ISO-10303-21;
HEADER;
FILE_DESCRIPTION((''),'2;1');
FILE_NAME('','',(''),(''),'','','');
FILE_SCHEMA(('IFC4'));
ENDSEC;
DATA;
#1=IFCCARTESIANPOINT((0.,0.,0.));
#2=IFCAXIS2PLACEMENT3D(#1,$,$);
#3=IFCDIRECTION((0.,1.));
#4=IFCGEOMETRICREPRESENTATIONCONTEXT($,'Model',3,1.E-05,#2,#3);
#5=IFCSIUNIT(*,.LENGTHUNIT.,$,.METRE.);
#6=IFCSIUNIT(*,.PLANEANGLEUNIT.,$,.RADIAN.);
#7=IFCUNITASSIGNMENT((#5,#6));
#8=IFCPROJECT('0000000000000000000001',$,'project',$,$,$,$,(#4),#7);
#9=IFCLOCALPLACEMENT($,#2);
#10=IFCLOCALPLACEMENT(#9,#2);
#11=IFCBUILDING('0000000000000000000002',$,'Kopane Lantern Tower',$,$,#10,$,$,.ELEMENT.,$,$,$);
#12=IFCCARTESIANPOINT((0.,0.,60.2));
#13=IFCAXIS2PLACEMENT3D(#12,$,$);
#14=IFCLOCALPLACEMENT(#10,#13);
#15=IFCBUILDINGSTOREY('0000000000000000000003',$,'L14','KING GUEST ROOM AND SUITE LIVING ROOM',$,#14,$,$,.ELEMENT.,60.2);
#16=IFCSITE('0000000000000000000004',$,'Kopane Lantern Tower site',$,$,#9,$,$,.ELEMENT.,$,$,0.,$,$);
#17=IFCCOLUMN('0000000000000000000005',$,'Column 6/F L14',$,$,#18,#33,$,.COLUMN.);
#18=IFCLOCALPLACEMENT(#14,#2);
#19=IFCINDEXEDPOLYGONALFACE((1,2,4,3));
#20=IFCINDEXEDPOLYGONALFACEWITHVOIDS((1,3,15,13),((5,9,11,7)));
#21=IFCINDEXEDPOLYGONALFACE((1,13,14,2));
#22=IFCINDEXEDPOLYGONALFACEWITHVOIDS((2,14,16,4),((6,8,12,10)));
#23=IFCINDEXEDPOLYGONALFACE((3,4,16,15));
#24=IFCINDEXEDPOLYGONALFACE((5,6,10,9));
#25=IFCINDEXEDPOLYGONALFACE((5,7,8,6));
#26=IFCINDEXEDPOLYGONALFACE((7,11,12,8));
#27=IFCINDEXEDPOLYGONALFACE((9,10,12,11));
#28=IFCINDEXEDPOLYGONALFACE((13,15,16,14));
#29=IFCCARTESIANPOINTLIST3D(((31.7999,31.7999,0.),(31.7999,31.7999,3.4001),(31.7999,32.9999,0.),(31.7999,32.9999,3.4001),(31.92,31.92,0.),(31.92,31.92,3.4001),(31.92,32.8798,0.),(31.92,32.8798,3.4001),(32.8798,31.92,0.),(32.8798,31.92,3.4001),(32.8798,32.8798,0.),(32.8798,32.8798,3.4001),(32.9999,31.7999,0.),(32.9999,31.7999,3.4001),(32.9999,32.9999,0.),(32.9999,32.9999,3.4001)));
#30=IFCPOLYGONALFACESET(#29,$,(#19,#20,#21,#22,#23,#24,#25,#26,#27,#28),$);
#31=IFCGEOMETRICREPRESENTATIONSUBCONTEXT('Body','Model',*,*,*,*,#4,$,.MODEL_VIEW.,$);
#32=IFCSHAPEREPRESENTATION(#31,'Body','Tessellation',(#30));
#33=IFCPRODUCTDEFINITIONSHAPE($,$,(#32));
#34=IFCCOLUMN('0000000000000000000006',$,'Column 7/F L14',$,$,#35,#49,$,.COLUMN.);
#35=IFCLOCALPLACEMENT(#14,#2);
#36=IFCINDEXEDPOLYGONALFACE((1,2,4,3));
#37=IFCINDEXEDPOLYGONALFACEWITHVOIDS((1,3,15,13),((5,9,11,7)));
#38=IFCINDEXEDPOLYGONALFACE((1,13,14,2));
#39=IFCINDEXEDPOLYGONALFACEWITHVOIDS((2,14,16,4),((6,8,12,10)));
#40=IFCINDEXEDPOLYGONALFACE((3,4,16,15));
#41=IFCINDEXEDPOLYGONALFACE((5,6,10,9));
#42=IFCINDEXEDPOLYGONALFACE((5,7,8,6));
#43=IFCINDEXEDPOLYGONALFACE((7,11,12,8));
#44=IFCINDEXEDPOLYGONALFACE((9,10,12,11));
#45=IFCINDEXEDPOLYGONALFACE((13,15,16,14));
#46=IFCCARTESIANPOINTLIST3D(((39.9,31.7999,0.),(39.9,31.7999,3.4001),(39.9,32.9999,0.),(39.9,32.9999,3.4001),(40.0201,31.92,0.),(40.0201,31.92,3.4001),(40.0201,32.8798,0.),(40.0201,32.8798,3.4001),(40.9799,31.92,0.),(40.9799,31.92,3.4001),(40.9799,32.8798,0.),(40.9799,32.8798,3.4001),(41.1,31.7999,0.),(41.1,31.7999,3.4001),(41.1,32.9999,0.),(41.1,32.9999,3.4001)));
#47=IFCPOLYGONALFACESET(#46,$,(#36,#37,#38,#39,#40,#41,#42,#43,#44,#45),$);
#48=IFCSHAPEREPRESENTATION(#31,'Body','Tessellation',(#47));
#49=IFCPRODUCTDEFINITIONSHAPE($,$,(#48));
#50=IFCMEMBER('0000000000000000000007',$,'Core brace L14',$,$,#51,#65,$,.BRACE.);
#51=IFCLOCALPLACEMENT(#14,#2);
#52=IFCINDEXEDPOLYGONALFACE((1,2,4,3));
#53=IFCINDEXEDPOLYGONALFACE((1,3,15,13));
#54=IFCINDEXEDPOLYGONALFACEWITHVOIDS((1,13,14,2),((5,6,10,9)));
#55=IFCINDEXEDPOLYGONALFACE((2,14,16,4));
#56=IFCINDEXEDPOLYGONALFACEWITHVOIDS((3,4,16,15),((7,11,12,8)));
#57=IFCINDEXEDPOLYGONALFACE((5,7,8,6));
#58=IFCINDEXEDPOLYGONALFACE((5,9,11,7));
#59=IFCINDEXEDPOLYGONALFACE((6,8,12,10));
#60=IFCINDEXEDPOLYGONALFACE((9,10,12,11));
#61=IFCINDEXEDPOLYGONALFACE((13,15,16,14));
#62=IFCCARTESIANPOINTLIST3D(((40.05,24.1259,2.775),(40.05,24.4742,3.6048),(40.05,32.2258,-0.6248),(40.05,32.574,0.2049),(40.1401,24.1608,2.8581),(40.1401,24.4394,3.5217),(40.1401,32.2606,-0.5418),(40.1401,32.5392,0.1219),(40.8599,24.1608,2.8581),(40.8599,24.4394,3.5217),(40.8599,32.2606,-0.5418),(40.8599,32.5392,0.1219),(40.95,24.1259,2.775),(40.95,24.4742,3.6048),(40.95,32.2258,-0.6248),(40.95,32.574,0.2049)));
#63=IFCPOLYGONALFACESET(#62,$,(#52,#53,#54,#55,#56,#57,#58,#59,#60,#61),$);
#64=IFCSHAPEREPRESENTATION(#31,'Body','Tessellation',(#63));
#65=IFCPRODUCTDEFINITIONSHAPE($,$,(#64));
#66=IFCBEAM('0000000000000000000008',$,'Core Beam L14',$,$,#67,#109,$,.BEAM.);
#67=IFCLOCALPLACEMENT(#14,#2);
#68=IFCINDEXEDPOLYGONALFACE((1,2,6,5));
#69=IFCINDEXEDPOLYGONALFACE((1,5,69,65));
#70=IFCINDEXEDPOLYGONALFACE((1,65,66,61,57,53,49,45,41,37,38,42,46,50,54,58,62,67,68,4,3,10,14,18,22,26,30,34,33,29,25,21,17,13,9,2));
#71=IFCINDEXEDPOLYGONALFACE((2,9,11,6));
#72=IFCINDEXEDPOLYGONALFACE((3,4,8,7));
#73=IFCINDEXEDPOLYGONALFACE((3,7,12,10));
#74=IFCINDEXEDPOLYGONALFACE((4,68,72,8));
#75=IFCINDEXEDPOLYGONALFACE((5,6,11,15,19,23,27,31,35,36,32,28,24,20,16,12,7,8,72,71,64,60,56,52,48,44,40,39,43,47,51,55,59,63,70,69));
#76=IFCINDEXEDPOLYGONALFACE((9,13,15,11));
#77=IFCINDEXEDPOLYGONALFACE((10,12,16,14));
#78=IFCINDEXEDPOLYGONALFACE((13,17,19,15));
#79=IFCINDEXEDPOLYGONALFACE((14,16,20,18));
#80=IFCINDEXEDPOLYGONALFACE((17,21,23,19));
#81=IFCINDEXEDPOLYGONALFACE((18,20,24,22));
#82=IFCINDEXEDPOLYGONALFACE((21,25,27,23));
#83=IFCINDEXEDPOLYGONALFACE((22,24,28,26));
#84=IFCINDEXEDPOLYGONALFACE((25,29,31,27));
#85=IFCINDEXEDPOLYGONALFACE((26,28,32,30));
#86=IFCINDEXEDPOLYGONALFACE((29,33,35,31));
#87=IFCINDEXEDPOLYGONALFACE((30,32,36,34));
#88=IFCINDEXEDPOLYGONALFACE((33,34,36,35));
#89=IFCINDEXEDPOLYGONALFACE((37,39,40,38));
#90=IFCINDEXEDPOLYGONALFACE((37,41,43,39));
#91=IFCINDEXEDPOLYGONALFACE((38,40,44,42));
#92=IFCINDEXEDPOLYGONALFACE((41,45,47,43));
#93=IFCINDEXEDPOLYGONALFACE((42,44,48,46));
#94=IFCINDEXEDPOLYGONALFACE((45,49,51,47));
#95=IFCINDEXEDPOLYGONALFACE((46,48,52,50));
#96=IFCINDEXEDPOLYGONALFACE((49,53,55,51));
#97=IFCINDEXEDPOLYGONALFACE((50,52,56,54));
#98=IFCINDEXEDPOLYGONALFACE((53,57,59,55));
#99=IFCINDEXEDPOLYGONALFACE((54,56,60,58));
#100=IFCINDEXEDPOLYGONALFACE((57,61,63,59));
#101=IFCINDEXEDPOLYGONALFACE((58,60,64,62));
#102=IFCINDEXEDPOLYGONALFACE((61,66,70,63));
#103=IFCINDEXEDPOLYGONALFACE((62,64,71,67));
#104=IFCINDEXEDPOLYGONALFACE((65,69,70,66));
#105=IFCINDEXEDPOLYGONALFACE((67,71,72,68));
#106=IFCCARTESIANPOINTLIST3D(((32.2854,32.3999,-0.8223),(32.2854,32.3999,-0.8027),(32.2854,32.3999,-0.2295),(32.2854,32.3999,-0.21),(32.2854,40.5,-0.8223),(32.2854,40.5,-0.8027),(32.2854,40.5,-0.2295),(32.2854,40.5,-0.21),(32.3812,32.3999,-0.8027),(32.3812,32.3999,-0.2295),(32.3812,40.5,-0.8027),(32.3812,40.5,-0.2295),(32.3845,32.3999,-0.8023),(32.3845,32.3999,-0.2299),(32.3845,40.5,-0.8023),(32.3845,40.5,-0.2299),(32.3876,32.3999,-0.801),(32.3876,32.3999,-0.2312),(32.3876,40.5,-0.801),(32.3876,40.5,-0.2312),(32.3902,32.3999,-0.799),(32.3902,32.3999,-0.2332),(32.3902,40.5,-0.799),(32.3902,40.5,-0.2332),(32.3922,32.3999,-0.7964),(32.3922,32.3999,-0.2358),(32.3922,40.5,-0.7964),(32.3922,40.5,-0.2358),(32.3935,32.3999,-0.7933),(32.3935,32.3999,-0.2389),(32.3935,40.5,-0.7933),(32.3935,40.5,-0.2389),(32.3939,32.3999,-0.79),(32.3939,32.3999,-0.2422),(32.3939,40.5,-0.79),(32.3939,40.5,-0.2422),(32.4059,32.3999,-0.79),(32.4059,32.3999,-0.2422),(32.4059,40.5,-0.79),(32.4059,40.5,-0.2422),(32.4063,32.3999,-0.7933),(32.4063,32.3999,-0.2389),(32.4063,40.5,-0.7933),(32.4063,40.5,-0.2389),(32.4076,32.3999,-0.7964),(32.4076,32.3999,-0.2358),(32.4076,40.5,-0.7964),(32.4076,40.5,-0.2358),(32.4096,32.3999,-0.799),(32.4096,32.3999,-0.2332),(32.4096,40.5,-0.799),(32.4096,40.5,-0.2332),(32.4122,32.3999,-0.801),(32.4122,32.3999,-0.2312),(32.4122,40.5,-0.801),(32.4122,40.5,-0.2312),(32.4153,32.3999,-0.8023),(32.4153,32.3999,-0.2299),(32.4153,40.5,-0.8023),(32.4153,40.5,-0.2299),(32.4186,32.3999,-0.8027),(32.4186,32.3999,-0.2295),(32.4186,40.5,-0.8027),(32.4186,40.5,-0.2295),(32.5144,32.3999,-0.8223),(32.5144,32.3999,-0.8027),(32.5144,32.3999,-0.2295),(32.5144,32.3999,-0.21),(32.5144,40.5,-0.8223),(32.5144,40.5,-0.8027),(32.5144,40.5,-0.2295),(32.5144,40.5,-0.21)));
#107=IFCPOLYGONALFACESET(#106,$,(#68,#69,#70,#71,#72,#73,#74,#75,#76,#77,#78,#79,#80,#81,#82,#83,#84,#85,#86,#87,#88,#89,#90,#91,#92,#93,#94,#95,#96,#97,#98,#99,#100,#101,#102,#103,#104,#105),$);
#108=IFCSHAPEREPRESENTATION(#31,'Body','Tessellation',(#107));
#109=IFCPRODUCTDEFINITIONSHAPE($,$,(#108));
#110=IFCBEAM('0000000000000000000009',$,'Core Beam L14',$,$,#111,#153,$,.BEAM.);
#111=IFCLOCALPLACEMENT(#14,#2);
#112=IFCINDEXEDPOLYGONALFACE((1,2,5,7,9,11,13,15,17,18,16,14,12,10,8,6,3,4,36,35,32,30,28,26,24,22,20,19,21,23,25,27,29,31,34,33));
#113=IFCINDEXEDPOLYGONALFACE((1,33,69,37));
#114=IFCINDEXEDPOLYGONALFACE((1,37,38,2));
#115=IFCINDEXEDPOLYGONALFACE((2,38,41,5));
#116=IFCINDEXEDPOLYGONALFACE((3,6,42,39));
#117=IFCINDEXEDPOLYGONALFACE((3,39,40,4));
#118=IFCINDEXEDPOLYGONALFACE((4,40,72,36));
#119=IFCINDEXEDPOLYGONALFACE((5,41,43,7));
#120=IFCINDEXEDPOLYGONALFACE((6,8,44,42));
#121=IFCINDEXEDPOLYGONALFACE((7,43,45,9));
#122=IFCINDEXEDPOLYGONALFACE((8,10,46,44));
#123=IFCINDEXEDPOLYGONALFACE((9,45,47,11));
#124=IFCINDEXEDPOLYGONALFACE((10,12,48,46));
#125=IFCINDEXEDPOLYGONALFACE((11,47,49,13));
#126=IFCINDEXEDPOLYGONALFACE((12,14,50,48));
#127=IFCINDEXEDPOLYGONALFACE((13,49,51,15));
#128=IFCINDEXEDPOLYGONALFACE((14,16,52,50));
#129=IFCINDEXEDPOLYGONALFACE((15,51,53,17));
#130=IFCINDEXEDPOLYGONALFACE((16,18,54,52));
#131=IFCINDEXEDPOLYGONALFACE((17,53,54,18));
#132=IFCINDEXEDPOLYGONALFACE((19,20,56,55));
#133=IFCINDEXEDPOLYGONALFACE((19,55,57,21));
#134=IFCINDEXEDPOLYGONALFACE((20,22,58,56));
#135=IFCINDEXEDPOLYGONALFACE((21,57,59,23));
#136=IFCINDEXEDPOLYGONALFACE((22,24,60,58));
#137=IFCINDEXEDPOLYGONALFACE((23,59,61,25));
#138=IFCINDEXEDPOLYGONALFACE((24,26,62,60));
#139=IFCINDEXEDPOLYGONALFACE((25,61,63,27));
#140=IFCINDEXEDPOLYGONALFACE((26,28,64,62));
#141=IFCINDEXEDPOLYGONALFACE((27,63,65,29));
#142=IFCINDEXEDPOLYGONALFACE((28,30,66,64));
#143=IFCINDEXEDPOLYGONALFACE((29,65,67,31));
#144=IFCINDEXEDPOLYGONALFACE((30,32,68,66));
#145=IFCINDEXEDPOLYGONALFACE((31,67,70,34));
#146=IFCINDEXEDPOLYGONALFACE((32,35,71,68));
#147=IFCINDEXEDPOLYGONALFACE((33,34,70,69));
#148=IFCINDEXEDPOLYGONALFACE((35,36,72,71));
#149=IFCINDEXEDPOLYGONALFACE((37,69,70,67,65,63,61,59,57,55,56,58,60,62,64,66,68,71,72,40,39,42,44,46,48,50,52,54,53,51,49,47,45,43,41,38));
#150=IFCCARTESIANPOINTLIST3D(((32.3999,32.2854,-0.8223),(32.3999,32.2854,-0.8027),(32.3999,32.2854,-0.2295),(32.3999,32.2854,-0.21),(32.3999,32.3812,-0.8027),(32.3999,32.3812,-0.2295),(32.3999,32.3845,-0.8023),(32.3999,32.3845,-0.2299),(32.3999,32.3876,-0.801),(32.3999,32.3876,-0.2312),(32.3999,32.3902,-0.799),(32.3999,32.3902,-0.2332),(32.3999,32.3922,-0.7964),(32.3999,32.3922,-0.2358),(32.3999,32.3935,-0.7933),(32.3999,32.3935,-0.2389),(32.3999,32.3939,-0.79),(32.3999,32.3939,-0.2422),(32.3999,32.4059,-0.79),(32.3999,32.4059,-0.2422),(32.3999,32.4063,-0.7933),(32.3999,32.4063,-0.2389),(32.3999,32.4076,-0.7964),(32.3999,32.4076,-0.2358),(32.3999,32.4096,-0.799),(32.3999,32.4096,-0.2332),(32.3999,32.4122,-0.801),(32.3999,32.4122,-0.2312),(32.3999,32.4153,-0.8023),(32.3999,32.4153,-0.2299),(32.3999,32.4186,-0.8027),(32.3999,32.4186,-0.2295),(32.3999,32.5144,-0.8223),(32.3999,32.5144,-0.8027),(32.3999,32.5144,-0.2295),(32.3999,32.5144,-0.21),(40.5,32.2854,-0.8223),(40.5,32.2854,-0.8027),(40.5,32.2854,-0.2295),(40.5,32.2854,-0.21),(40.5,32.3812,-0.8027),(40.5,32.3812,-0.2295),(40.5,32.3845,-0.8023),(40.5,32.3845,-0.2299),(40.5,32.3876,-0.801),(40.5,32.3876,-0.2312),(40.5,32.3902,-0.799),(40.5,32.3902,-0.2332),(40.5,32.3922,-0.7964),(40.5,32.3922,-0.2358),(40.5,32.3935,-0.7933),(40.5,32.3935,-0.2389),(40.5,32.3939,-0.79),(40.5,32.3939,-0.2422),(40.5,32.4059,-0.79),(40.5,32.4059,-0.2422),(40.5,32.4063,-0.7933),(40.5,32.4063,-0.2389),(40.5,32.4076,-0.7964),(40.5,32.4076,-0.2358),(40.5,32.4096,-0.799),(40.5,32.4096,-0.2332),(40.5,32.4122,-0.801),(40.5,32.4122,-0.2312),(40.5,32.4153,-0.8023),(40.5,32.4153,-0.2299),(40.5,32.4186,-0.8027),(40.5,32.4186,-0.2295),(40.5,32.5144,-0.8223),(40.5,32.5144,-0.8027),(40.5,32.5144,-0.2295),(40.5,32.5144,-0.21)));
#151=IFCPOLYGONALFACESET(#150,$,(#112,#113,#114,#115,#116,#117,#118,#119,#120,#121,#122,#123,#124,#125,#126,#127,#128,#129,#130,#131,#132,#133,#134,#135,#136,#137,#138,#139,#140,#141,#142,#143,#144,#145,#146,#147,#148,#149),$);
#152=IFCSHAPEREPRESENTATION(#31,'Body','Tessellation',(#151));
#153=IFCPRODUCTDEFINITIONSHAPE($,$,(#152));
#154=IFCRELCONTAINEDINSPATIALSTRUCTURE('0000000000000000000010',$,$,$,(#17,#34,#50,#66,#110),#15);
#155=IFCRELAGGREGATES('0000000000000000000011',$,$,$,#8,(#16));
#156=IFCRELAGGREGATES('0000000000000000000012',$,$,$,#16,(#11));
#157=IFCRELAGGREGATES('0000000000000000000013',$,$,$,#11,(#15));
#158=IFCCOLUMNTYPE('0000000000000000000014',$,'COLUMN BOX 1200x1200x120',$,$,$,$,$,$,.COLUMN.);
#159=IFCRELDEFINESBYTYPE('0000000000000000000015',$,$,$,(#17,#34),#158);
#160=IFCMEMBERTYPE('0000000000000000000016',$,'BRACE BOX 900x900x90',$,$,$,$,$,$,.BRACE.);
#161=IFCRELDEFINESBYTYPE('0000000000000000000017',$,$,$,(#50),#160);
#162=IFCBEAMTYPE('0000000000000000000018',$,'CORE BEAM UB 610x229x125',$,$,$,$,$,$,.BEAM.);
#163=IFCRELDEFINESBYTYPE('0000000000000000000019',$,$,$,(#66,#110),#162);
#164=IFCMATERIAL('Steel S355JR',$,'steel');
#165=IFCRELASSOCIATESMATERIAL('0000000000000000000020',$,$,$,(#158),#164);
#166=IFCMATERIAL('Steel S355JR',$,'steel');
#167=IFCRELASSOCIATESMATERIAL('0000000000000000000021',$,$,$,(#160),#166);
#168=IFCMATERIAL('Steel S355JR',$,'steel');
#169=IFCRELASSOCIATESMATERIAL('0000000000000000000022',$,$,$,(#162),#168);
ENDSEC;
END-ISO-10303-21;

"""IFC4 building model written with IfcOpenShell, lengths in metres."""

from ifc_helpers import new_model, si_unit, direction, frame, origin, origin_2d, place, context, subcontext, project, spatial, hollow_rectangle, i_section, extrude, material, material_profile, profile_set, type_object, element, save


model = new_model("IFC4")

# Units and contexts
model_context = context("Model", 3, precision=1e-05, world=origin(), true_north=direction((0.0, 1.0)))
body_context = subcontext(model_context, "Body", "Model", "MODEL_VIEW")
ifc_project = project(units=[si_unit("LENGTHUNIT", "METRE"), si_unit("PLANEANGLEUNIT", "RADIAN")], contexts=[model_context])

# Site, building, storey
site_placement = place(None, origin())
site = spatial("IfcSite", under=ifc_project, at=site_placement, Name="Kopane Lantern Tower site", CompositionType="ELEMENT", RefElevation=0.0)
building_placement = place(site_placement, origin())
building = spatial("IfcBuilding", under=site, at=building_placement, Name="Kopane Lantern Tower", CompositionType="ELEMENT")
storey_placement = place(building_placement, frame((0.0, 0.0, 60.2)))
storey = spatial("IfcBuildingStorey", under=building, at=storey_placement, Name="L14", Description="KING GUEST ROOM AND SUITE LIVING ROOM", CompositionType="ELEMENT", Elevation=60.2)

# Columns
ifc_material_1 = material(Name="Steel S355JR", Category="steel")
ifc_material_profile_1 = material_profile(ifc_material_1, hollow_rectangle(XDim=1.2, YDim=1.2, WallThickness=0.1201, at=origin_2d()), Name="BOX 1200x1200x120")
ifc_profile_set_1 = profile_set([ifc_material_profile_1], Name="Steel S355JR")
column_type = type_object("IfcColumnType", Name="COLUMN BOX 1200x1200x120", PredefinedType="COLUMN", material=ifc_profile_set_1)
for number, where, z_axis, x_axis, name in (
    (1, (32.3999, 32.3999, 0.0), (0.0, 0.0, 1.0), (1.0, 0.0, 0.0), "Column 6/F L14"),
    (2, (40.5, 32.3999, 0.0), (0.0, 0.0, 1.0), (1.0, 0.0, 0.0), "Column 7/F L14"),
):
    element("IfcColumn", number, at=place(storey_placement, frame(where, z_axis=z_axis, x_axis=x_axis)), inside=storey, type_object=column_type, Name=name, PredefinedType="COLUMN", context=body_context, shape_type="SweptSolid", body=[
        extrude(hollow_rectangle(XDim=1.2, YDim=1.2, WallThickness=0.1201, at=origin_2d()), origin(), (0.0, 0.0, 1.0), 3.4001),
    ])

# Member
ifc_material_2 = material(Name="Steel S355JR", Category="steel")
ifc_material_profile_2 = material_profile(ifc_material_2, hollow_rectangle(XDim=0.8999, YDim=0.8999, WallThickness=0.0901, at=origin_2d()), Name="BOX 900x900x90")
ifc_profile_set_2 = profile_set([ifc_material_profile_2], Name="Steel S355JR")
member_type = type_object("IfcMemberType", Name="BRACE BOX 900x900x90", PredefinedType="BRACE", material=ifc_profile_set_2)
member_placement = place(storey_placement, frame((40.5, 32.3999, -0.21), z_axis=(0.0, -0.922065, 0.387035), x_axis=(1.0, 0.0, 0.0)))
element("IfcMember", 3, at=member_placement, inside=storey, type_object=member_type, Name="Core brace L14", PredefinedType="BRACE", context=body_context, shape_type="SweptSolid", body=[
    extrude(hollow_rectangle(XDim=0.8999, YDim=0.8999, WallThickness=0.0901, at=origin_2d()), origin(), (0.0, 0.0, 1.0), 8.7844),
])

# Beams
ifc_material_3 = material(Name="Steel S355JR", Category="steel")
ifc_material_profile_3 = material_profile(ifc_material_3, i_section(OverallWidth=0.229, OverallDepth=0.6123, WebThickness=0.012, FlangeThickness=0.0195, FilletRadius=0.0127, at=origin_2d()), Name="UB 610x229x125")
ifc_profile_set_3 = profile_set([ifc_material_profile_3], Name="Steel S355JR")
beam_type_1 = type_object("IfcBeamType", Name="CORE BEAM UB 610x229x125", PredefinedType="BEAM", material=ifc_profile_set_3)
for number, where, z_axis, x_axis, name in (
    (4, (32.3999, 32.3999, -0.5161), (0.0, 1.0, 0.0), (-1.0, 0.0, 0.0), "Core Beam L14"),
    (5, (32.3999, 32.3999, -0.5161), (1.0, 0.0, 0.0), (0.0, 1.0, 0.0), "Core Beam L14"),
):
    element("IfcBeam", number, at=place(storey_placement, frame(where, z_axis=z_axis, x_axis=x_axis)), inside=storey, type_object=beam_type_1, Name=name, PredefinedType="BEAM", context=body_context, shape_type="SweptSolid", body=[
        extrude(i_section(OverallWidth=0.229, OverallDepth=0.6123, WebThickness=0.012, FlangeThickness=0.0195, FilletRadius=0.0127, at=origin_2d()), origin(), (0.0, 0.0, 1.0), 8.1001),
    ])

save(model, "model.ifc")
